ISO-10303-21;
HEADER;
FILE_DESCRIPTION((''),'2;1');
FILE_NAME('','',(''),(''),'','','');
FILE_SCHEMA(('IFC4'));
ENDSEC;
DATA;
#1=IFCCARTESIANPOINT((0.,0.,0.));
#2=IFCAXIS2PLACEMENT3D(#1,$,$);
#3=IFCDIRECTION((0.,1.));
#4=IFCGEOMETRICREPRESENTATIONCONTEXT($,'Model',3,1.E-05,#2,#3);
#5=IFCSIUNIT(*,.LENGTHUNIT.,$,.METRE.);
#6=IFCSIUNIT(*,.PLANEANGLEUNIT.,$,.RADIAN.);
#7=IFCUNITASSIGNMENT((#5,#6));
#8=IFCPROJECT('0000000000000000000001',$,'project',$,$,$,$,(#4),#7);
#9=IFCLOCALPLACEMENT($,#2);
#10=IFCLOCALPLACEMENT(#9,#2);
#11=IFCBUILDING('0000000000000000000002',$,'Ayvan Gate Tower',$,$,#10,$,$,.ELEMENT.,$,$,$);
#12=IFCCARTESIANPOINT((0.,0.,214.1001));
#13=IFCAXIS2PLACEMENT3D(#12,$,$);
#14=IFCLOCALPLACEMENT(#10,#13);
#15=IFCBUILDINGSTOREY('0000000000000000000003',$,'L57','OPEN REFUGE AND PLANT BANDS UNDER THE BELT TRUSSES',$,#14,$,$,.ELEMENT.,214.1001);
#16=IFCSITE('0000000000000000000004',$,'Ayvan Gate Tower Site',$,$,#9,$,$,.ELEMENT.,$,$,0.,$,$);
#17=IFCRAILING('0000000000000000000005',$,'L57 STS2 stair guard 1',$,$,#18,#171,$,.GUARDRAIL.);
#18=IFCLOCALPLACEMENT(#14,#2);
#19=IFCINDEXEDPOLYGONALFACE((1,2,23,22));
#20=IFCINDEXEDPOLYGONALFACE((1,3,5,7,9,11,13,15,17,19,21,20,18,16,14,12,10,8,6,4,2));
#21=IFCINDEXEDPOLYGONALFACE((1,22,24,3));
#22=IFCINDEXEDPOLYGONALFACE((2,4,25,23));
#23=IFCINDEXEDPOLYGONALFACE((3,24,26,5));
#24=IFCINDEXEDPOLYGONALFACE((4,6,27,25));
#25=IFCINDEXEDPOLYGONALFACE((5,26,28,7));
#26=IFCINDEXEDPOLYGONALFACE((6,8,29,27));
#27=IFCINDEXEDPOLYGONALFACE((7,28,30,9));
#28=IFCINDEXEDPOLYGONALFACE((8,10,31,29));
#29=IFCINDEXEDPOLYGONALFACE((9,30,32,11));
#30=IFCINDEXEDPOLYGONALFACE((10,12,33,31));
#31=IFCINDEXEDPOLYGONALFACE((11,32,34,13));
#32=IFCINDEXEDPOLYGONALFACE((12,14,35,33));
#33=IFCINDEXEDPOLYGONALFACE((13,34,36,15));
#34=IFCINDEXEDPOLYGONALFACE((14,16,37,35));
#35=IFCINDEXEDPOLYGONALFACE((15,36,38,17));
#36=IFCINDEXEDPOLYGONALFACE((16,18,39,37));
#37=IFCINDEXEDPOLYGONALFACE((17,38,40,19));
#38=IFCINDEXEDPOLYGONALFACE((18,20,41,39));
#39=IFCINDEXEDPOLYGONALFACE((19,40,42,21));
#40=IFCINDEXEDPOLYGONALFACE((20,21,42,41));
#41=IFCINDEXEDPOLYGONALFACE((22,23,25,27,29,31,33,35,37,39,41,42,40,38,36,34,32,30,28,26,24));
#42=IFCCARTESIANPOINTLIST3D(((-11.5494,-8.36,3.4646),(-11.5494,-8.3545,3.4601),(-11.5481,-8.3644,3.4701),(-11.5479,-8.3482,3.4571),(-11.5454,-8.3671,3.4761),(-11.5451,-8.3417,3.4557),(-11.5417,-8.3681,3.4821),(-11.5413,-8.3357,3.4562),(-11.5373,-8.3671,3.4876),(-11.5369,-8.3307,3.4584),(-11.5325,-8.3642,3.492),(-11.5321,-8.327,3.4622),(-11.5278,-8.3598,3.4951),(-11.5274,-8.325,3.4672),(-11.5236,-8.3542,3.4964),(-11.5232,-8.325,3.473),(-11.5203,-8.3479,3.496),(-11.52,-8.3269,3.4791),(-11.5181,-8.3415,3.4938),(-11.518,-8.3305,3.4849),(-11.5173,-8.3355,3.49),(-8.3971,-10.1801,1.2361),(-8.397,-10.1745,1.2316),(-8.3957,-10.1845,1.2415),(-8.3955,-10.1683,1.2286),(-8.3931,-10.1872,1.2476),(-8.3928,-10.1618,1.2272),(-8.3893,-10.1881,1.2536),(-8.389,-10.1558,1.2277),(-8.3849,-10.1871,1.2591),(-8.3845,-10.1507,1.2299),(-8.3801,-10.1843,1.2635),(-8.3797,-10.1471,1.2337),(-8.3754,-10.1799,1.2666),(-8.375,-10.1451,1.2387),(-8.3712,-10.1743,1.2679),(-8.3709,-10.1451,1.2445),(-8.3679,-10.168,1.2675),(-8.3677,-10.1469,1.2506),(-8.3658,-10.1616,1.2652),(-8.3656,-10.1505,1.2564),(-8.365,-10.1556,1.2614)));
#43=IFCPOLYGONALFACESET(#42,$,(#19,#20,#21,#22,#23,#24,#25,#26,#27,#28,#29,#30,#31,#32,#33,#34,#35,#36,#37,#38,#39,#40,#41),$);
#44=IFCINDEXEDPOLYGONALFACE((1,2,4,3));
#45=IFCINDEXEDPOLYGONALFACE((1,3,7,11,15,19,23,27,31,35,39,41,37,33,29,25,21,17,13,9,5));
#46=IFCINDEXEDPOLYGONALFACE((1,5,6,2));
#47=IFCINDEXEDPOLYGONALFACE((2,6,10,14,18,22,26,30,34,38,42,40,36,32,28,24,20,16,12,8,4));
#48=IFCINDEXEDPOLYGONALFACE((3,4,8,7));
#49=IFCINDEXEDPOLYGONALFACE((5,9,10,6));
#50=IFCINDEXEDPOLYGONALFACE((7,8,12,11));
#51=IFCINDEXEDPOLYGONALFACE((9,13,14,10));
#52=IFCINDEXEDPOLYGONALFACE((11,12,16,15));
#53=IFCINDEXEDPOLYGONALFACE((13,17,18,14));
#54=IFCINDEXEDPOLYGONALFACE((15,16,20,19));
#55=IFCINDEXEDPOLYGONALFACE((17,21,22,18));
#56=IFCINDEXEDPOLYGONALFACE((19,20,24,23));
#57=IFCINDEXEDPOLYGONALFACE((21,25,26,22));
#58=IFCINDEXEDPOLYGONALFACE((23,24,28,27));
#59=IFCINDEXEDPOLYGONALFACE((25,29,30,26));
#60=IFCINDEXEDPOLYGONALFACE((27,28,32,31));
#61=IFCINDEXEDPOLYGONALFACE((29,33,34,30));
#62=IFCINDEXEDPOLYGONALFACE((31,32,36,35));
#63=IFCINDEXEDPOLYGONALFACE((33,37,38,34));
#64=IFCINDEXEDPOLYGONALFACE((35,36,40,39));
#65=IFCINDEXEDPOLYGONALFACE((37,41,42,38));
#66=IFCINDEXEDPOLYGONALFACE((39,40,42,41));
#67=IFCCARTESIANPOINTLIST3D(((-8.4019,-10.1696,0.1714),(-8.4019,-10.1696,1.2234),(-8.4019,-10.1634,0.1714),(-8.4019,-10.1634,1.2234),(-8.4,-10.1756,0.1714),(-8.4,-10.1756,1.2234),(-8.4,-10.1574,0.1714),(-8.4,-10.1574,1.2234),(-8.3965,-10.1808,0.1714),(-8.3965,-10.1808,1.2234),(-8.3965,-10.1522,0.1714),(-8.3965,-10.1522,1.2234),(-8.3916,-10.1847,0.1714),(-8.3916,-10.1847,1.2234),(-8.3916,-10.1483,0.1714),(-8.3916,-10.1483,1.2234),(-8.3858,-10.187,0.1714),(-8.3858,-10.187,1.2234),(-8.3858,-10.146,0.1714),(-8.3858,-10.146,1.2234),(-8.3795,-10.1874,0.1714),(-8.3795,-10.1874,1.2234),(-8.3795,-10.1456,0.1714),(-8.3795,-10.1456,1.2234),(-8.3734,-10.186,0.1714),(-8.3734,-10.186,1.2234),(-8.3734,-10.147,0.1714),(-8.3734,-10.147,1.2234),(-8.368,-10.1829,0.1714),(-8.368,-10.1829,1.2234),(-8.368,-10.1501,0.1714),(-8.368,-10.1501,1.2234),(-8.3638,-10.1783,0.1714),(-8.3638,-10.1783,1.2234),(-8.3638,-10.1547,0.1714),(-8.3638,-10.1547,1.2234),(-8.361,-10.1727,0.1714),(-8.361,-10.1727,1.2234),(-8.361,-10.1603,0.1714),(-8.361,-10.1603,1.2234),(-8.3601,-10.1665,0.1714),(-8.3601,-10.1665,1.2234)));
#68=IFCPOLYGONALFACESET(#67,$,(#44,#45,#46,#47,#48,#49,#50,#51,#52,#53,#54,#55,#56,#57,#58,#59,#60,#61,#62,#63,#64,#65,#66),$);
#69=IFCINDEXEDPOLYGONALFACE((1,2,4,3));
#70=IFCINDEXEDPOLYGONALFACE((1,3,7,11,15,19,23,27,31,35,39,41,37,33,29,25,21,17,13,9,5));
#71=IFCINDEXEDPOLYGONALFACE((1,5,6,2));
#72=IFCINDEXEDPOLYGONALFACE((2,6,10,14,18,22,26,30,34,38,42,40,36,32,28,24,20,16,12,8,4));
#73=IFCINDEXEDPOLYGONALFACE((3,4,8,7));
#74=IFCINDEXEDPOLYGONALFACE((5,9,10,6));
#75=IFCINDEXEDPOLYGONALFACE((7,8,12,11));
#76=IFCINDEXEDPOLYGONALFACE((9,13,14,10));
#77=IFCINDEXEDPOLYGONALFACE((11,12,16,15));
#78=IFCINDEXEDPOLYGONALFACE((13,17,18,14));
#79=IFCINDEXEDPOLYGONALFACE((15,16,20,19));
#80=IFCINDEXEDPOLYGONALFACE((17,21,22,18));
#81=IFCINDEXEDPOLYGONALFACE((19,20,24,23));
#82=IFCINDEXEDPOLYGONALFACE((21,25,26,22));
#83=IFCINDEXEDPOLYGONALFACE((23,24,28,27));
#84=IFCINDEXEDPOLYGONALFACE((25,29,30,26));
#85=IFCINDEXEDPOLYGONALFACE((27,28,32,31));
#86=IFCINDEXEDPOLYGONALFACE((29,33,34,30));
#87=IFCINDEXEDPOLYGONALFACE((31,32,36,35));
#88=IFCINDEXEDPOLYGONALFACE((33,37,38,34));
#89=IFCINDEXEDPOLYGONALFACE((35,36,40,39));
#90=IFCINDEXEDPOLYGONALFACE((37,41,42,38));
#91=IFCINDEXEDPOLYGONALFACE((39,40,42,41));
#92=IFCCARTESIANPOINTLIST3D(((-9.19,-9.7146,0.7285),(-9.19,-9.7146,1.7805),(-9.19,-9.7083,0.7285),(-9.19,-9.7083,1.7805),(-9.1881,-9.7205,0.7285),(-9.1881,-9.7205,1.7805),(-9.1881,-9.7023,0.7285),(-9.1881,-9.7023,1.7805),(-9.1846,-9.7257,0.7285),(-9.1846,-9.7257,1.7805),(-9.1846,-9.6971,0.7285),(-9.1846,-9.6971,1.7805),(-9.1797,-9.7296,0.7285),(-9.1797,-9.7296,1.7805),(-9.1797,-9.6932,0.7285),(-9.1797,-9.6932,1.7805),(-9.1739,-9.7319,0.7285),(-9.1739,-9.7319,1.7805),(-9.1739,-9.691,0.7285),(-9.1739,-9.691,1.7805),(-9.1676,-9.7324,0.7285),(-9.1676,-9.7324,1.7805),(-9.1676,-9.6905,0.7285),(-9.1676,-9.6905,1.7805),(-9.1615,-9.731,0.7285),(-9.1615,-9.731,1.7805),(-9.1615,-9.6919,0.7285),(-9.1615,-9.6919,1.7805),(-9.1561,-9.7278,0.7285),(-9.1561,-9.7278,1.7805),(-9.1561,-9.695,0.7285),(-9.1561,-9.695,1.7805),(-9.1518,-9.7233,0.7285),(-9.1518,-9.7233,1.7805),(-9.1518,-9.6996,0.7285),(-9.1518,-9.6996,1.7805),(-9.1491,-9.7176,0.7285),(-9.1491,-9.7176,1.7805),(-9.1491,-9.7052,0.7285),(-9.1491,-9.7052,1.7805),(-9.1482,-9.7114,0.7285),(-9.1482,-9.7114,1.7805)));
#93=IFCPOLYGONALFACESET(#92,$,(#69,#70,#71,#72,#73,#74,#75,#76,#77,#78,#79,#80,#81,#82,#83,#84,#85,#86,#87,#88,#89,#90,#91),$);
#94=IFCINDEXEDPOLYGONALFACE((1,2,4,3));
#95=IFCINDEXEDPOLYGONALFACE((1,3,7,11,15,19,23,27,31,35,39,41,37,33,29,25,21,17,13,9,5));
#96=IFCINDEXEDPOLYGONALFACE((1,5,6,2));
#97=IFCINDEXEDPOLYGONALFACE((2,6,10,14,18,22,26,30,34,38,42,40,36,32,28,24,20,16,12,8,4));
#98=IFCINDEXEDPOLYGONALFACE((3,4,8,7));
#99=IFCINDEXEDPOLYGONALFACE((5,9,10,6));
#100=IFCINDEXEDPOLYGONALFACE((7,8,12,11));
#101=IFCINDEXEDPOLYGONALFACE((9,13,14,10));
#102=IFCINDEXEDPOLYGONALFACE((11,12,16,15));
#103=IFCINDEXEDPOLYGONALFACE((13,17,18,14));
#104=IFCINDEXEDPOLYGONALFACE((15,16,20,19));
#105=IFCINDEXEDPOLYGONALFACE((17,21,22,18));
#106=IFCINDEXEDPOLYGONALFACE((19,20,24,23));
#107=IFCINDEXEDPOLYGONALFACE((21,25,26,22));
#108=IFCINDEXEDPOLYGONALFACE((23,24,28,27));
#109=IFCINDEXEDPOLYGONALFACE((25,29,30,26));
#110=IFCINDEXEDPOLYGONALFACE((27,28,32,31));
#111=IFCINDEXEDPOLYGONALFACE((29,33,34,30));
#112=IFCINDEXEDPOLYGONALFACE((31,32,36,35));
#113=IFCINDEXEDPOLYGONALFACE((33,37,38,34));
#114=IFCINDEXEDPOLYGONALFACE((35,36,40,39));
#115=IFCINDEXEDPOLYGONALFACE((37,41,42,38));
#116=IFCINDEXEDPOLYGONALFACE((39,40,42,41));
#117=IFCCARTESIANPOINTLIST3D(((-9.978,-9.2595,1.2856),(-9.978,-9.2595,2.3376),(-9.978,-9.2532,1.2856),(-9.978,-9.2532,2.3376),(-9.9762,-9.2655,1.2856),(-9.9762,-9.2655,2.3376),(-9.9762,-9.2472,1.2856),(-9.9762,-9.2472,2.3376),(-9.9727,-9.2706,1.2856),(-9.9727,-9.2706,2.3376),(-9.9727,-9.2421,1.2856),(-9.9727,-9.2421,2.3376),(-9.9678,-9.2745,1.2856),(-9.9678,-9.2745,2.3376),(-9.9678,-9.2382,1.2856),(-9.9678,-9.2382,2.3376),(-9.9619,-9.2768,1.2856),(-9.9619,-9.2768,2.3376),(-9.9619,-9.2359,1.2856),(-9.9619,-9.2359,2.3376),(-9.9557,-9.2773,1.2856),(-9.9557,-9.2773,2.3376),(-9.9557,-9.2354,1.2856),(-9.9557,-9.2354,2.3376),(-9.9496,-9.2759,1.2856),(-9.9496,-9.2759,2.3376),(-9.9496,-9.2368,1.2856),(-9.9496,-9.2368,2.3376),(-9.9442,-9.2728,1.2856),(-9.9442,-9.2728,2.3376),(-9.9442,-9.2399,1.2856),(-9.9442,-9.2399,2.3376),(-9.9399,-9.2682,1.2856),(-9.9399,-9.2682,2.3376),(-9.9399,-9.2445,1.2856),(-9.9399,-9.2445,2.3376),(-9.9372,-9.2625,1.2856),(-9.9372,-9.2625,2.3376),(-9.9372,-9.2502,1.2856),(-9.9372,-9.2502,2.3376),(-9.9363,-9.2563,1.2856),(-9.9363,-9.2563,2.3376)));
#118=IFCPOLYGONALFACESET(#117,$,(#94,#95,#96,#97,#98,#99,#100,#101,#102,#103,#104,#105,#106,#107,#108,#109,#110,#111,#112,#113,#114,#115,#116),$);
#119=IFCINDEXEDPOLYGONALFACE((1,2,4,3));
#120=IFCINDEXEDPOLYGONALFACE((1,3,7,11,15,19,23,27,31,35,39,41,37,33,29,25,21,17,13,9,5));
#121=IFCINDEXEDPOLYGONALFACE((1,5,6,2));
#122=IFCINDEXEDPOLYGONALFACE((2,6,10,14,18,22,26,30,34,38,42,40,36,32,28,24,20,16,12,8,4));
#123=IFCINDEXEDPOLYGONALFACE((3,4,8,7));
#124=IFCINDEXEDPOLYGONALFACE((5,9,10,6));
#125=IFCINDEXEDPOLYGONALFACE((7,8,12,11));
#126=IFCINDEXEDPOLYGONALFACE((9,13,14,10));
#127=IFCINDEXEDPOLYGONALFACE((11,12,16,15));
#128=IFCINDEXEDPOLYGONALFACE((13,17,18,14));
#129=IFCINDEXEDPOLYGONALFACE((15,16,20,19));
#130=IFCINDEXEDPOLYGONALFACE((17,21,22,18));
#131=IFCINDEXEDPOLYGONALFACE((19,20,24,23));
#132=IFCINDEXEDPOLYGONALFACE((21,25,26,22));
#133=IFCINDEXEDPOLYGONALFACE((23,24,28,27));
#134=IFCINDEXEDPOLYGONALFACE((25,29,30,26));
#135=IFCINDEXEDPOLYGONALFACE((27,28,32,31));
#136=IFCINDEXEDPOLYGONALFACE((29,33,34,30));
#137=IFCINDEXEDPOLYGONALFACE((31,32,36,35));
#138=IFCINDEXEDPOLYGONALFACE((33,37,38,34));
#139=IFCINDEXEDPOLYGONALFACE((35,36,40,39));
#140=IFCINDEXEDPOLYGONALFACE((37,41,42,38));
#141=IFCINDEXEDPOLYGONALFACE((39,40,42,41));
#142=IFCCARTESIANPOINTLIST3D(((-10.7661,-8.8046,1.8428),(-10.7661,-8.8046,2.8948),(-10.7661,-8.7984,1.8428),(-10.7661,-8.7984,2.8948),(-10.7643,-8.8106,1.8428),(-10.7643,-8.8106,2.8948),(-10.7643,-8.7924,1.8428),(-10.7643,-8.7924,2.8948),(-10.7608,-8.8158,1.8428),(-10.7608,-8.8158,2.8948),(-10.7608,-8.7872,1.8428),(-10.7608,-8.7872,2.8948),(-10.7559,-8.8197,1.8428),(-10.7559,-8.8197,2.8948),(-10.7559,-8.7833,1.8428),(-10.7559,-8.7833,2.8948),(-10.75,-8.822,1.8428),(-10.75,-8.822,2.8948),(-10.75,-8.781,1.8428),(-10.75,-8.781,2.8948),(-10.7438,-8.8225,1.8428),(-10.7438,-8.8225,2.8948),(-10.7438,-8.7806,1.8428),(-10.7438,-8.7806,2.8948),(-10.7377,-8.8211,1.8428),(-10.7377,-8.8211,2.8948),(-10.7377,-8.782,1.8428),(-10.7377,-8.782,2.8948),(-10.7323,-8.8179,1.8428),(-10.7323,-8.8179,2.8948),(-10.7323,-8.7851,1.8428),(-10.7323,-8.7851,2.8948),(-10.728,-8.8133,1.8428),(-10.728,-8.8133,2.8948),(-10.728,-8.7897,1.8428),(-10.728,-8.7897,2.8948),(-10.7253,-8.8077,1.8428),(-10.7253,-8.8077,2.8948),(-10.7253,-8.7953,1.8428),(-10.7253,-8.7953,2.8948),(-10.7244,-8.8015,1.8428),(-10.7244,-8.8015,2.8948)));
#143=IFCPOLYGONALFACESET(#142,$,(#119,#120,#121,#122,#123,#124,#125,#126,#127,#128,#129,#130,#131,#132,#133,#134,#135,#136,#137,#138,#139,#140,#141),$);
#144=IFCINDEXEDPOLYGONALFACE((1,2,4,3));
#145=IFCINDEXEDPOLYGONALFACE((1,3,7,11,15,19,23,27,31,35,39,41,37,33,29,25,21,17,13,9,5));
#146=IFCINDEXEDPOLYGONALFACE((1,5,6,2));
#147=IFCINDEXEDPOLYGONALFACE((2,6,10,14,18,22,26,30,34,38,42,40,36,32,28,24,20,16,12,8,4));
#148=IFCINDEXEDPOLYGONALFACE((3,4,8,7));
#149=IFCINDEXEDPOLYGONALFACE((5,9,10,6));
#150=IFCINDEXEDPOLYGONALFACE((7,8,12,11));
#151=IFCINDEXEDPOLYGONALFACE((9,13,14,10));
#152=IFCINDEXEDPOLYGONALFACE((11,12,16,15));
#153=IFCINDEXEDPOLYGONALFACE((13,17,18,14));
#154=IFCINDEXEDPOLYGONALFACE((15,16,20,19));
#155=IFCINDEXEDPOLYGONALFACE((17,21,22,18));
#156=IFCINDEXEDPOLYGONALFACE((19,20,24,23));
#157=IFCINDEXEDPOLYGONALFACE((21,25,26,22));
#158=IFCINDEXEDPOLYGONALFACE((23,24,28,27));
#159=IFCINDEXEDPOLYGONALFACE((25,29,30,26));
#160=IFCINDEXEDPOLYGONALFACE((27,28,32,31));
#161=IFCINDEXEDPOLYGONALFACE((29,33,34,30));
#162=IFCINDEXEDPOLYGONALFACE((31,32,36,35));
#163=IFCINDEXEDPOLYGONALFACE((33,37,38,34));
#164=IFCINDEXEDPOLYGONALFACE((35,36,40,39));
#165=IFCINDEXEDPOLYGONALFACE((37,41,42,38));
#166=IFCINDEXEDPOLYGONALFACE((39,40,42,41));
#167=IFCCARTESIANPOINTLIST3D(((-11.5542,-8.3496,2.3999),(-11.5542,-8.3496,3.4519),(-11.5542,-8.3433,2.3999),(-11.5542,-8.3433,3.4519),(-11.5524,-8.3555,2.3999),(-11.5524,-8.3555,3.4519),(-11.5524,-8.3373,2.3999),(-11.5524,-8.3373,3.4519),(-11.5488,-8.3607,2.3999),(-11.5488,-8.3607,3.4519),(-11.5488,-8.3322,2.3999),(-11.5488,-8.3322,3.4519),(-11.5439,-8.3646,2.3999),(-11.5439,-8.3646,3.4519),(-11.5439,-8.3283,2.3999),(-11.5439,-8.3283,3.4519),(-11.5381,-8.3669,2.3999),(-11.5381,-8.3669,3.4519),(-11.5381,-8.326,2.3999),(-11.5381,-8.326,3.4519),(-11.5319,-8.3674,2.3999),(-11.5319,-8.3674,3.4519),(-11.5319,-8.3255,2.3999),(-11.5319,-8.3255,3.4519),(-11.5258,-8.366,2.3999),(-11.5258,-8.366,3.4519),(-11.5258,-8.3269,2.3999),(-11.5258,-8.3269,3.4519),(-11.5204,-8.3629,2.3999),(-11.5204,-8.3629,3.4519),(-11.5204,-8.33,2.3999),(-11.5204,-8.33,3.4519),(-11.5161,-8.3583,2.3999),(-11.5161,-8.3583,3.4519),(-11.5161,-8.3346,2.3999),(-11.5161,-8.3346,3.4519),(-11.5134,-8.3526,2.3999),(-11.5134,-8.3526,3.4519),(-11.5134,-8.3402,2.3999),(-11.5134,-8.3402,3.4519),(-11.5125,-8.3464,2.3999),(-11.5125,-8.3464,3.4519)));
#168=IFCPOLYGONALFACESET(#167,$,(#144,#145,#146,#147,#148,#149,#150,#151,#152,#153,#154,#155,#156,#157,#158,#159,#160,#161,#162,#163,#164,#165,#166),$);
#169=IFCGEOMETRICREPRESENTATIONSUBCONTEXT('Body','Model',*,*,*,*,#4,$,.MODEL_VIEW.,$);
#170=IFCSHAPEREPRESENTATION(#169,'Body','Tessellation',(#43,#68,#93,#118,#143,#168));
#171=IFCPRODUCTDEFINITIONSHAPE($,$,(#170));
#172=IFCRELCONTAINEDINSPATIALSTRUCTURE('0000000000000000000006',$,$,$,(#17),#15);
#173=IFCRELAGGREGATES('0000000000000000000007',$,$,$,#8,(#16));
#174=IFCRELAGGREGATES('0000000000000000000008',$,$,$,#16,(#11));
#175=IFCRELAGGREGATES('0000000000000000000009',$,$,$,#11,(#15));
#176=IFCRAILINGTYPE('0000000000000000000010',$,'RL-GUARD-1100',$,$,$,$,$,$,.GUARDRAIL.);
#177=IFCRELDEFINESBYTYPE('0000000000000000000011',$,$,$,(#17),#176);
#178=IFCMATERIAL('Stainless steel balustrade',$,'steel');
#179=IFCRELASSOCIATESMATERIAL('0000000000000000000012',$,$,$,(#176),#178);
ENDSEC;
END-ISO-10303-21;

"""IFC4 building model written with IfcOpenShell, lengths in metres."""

from ifc_helpers import new_model, si_unit, direction, frame, origin, origin_2d, place, context, subcontext, project, spatial, circle, extrude, material, type_object, element, save


model = new_model("IFC4")

# Units and contexts
model_context = context("Model", 3, precision=1e-05, world=origin(), true_north=direction((0.0, 1.0)))
body_context = subcontext(model_context, "Body", "Model", "MODEL_VIEW")
ifc_project = project(units=[si_unit("LENGTHUNIT", "METRE"), si_unit("PLANEANGLEUNIT", "RADIAN")], contexts=[model_context])

# Site, building, storey
site_placement = place(None, origin())
site = spatial("IfcSite", under=ifc_project, at=site_placement, Name="Ayvan Gate Tower Site", CompositionType="ELEMENT", RefElevation=0.0)
building_placement = place(site_placement, origin())
building = spatial("IfcBuilding", under=site, at=building_placement, Name="Ayvan Gate Tower", CompositionType="ELEMENT")
storey_placement = place(building_placement, frame((0.0, 0.0, 214.1001)))
storey = spatial("IfcBuildingStorey", under=building, at=storey_placement, Name="L57", Description="OPEN REFUGE AND PLANT BANDS UNDER THE BELT TRUSSES", CompositionType="ELEMENT", Elevation=214.1001)

# Railing
ifc_material_1 = material(Name="Stainless steel balustrade", Category="steel")
railing_type_1 = type_object("IfcRailingType", Name="RL-GUARD-1100", PredefinedType="GUARDRAIL", material=ifc_material_1)
railing_1_placement = place(storey_placement, frame((-8.3811, -10.1665, 0.1714)))
element("IfcRailing", 1, at=railing_1_placement, inside=storey, type_object=railing_type_1, Name="L57 STS2 stair guard 1", PredefinedType="GUARDRAIL", context=body_context, shape_type="SweptSolid", body=[
    extrude(circle(Radius=0.0239, at=origin_2d()), frame((0.0, 0.0, 1.0762), z_axis=(-0.738592, 0.426441, 0.52214), x_axis=(-0.500013, -0.866018, 0.0)), (0.0, 0.0, 1.0), 4.2681),
    extrude(circle(Radius=0.021, at=origin_2d()), origin(), (0.0, 0.0, 1.0), 1.052),
    extrude(circle(Radius=0.021, at=origin_2d()), frame((-0.7881, 0.4551, 0.5571)), (0.0, 0.0, 1.0), 1.052),
    extrude(circle(Radius=0.021, at=origin_2d()), frame((-1.5762, 0.9102, 1.1143)), (0.0, 0.0, 1.0), 1.052),
    extrude(circle(Radius=0.021, at=origin_2d()), frame((-2.3643, 1.365, 1.6714)), (0.0, 0.0, 1.0), 1.052),
    extrude(circle(Radius=0.021, at=origin_2d()), frame((-3.1523, 1.8201, 2.2285)), (0.0, 0.0, 1.0), 1.052),
])

save(model, "model.ifc")
